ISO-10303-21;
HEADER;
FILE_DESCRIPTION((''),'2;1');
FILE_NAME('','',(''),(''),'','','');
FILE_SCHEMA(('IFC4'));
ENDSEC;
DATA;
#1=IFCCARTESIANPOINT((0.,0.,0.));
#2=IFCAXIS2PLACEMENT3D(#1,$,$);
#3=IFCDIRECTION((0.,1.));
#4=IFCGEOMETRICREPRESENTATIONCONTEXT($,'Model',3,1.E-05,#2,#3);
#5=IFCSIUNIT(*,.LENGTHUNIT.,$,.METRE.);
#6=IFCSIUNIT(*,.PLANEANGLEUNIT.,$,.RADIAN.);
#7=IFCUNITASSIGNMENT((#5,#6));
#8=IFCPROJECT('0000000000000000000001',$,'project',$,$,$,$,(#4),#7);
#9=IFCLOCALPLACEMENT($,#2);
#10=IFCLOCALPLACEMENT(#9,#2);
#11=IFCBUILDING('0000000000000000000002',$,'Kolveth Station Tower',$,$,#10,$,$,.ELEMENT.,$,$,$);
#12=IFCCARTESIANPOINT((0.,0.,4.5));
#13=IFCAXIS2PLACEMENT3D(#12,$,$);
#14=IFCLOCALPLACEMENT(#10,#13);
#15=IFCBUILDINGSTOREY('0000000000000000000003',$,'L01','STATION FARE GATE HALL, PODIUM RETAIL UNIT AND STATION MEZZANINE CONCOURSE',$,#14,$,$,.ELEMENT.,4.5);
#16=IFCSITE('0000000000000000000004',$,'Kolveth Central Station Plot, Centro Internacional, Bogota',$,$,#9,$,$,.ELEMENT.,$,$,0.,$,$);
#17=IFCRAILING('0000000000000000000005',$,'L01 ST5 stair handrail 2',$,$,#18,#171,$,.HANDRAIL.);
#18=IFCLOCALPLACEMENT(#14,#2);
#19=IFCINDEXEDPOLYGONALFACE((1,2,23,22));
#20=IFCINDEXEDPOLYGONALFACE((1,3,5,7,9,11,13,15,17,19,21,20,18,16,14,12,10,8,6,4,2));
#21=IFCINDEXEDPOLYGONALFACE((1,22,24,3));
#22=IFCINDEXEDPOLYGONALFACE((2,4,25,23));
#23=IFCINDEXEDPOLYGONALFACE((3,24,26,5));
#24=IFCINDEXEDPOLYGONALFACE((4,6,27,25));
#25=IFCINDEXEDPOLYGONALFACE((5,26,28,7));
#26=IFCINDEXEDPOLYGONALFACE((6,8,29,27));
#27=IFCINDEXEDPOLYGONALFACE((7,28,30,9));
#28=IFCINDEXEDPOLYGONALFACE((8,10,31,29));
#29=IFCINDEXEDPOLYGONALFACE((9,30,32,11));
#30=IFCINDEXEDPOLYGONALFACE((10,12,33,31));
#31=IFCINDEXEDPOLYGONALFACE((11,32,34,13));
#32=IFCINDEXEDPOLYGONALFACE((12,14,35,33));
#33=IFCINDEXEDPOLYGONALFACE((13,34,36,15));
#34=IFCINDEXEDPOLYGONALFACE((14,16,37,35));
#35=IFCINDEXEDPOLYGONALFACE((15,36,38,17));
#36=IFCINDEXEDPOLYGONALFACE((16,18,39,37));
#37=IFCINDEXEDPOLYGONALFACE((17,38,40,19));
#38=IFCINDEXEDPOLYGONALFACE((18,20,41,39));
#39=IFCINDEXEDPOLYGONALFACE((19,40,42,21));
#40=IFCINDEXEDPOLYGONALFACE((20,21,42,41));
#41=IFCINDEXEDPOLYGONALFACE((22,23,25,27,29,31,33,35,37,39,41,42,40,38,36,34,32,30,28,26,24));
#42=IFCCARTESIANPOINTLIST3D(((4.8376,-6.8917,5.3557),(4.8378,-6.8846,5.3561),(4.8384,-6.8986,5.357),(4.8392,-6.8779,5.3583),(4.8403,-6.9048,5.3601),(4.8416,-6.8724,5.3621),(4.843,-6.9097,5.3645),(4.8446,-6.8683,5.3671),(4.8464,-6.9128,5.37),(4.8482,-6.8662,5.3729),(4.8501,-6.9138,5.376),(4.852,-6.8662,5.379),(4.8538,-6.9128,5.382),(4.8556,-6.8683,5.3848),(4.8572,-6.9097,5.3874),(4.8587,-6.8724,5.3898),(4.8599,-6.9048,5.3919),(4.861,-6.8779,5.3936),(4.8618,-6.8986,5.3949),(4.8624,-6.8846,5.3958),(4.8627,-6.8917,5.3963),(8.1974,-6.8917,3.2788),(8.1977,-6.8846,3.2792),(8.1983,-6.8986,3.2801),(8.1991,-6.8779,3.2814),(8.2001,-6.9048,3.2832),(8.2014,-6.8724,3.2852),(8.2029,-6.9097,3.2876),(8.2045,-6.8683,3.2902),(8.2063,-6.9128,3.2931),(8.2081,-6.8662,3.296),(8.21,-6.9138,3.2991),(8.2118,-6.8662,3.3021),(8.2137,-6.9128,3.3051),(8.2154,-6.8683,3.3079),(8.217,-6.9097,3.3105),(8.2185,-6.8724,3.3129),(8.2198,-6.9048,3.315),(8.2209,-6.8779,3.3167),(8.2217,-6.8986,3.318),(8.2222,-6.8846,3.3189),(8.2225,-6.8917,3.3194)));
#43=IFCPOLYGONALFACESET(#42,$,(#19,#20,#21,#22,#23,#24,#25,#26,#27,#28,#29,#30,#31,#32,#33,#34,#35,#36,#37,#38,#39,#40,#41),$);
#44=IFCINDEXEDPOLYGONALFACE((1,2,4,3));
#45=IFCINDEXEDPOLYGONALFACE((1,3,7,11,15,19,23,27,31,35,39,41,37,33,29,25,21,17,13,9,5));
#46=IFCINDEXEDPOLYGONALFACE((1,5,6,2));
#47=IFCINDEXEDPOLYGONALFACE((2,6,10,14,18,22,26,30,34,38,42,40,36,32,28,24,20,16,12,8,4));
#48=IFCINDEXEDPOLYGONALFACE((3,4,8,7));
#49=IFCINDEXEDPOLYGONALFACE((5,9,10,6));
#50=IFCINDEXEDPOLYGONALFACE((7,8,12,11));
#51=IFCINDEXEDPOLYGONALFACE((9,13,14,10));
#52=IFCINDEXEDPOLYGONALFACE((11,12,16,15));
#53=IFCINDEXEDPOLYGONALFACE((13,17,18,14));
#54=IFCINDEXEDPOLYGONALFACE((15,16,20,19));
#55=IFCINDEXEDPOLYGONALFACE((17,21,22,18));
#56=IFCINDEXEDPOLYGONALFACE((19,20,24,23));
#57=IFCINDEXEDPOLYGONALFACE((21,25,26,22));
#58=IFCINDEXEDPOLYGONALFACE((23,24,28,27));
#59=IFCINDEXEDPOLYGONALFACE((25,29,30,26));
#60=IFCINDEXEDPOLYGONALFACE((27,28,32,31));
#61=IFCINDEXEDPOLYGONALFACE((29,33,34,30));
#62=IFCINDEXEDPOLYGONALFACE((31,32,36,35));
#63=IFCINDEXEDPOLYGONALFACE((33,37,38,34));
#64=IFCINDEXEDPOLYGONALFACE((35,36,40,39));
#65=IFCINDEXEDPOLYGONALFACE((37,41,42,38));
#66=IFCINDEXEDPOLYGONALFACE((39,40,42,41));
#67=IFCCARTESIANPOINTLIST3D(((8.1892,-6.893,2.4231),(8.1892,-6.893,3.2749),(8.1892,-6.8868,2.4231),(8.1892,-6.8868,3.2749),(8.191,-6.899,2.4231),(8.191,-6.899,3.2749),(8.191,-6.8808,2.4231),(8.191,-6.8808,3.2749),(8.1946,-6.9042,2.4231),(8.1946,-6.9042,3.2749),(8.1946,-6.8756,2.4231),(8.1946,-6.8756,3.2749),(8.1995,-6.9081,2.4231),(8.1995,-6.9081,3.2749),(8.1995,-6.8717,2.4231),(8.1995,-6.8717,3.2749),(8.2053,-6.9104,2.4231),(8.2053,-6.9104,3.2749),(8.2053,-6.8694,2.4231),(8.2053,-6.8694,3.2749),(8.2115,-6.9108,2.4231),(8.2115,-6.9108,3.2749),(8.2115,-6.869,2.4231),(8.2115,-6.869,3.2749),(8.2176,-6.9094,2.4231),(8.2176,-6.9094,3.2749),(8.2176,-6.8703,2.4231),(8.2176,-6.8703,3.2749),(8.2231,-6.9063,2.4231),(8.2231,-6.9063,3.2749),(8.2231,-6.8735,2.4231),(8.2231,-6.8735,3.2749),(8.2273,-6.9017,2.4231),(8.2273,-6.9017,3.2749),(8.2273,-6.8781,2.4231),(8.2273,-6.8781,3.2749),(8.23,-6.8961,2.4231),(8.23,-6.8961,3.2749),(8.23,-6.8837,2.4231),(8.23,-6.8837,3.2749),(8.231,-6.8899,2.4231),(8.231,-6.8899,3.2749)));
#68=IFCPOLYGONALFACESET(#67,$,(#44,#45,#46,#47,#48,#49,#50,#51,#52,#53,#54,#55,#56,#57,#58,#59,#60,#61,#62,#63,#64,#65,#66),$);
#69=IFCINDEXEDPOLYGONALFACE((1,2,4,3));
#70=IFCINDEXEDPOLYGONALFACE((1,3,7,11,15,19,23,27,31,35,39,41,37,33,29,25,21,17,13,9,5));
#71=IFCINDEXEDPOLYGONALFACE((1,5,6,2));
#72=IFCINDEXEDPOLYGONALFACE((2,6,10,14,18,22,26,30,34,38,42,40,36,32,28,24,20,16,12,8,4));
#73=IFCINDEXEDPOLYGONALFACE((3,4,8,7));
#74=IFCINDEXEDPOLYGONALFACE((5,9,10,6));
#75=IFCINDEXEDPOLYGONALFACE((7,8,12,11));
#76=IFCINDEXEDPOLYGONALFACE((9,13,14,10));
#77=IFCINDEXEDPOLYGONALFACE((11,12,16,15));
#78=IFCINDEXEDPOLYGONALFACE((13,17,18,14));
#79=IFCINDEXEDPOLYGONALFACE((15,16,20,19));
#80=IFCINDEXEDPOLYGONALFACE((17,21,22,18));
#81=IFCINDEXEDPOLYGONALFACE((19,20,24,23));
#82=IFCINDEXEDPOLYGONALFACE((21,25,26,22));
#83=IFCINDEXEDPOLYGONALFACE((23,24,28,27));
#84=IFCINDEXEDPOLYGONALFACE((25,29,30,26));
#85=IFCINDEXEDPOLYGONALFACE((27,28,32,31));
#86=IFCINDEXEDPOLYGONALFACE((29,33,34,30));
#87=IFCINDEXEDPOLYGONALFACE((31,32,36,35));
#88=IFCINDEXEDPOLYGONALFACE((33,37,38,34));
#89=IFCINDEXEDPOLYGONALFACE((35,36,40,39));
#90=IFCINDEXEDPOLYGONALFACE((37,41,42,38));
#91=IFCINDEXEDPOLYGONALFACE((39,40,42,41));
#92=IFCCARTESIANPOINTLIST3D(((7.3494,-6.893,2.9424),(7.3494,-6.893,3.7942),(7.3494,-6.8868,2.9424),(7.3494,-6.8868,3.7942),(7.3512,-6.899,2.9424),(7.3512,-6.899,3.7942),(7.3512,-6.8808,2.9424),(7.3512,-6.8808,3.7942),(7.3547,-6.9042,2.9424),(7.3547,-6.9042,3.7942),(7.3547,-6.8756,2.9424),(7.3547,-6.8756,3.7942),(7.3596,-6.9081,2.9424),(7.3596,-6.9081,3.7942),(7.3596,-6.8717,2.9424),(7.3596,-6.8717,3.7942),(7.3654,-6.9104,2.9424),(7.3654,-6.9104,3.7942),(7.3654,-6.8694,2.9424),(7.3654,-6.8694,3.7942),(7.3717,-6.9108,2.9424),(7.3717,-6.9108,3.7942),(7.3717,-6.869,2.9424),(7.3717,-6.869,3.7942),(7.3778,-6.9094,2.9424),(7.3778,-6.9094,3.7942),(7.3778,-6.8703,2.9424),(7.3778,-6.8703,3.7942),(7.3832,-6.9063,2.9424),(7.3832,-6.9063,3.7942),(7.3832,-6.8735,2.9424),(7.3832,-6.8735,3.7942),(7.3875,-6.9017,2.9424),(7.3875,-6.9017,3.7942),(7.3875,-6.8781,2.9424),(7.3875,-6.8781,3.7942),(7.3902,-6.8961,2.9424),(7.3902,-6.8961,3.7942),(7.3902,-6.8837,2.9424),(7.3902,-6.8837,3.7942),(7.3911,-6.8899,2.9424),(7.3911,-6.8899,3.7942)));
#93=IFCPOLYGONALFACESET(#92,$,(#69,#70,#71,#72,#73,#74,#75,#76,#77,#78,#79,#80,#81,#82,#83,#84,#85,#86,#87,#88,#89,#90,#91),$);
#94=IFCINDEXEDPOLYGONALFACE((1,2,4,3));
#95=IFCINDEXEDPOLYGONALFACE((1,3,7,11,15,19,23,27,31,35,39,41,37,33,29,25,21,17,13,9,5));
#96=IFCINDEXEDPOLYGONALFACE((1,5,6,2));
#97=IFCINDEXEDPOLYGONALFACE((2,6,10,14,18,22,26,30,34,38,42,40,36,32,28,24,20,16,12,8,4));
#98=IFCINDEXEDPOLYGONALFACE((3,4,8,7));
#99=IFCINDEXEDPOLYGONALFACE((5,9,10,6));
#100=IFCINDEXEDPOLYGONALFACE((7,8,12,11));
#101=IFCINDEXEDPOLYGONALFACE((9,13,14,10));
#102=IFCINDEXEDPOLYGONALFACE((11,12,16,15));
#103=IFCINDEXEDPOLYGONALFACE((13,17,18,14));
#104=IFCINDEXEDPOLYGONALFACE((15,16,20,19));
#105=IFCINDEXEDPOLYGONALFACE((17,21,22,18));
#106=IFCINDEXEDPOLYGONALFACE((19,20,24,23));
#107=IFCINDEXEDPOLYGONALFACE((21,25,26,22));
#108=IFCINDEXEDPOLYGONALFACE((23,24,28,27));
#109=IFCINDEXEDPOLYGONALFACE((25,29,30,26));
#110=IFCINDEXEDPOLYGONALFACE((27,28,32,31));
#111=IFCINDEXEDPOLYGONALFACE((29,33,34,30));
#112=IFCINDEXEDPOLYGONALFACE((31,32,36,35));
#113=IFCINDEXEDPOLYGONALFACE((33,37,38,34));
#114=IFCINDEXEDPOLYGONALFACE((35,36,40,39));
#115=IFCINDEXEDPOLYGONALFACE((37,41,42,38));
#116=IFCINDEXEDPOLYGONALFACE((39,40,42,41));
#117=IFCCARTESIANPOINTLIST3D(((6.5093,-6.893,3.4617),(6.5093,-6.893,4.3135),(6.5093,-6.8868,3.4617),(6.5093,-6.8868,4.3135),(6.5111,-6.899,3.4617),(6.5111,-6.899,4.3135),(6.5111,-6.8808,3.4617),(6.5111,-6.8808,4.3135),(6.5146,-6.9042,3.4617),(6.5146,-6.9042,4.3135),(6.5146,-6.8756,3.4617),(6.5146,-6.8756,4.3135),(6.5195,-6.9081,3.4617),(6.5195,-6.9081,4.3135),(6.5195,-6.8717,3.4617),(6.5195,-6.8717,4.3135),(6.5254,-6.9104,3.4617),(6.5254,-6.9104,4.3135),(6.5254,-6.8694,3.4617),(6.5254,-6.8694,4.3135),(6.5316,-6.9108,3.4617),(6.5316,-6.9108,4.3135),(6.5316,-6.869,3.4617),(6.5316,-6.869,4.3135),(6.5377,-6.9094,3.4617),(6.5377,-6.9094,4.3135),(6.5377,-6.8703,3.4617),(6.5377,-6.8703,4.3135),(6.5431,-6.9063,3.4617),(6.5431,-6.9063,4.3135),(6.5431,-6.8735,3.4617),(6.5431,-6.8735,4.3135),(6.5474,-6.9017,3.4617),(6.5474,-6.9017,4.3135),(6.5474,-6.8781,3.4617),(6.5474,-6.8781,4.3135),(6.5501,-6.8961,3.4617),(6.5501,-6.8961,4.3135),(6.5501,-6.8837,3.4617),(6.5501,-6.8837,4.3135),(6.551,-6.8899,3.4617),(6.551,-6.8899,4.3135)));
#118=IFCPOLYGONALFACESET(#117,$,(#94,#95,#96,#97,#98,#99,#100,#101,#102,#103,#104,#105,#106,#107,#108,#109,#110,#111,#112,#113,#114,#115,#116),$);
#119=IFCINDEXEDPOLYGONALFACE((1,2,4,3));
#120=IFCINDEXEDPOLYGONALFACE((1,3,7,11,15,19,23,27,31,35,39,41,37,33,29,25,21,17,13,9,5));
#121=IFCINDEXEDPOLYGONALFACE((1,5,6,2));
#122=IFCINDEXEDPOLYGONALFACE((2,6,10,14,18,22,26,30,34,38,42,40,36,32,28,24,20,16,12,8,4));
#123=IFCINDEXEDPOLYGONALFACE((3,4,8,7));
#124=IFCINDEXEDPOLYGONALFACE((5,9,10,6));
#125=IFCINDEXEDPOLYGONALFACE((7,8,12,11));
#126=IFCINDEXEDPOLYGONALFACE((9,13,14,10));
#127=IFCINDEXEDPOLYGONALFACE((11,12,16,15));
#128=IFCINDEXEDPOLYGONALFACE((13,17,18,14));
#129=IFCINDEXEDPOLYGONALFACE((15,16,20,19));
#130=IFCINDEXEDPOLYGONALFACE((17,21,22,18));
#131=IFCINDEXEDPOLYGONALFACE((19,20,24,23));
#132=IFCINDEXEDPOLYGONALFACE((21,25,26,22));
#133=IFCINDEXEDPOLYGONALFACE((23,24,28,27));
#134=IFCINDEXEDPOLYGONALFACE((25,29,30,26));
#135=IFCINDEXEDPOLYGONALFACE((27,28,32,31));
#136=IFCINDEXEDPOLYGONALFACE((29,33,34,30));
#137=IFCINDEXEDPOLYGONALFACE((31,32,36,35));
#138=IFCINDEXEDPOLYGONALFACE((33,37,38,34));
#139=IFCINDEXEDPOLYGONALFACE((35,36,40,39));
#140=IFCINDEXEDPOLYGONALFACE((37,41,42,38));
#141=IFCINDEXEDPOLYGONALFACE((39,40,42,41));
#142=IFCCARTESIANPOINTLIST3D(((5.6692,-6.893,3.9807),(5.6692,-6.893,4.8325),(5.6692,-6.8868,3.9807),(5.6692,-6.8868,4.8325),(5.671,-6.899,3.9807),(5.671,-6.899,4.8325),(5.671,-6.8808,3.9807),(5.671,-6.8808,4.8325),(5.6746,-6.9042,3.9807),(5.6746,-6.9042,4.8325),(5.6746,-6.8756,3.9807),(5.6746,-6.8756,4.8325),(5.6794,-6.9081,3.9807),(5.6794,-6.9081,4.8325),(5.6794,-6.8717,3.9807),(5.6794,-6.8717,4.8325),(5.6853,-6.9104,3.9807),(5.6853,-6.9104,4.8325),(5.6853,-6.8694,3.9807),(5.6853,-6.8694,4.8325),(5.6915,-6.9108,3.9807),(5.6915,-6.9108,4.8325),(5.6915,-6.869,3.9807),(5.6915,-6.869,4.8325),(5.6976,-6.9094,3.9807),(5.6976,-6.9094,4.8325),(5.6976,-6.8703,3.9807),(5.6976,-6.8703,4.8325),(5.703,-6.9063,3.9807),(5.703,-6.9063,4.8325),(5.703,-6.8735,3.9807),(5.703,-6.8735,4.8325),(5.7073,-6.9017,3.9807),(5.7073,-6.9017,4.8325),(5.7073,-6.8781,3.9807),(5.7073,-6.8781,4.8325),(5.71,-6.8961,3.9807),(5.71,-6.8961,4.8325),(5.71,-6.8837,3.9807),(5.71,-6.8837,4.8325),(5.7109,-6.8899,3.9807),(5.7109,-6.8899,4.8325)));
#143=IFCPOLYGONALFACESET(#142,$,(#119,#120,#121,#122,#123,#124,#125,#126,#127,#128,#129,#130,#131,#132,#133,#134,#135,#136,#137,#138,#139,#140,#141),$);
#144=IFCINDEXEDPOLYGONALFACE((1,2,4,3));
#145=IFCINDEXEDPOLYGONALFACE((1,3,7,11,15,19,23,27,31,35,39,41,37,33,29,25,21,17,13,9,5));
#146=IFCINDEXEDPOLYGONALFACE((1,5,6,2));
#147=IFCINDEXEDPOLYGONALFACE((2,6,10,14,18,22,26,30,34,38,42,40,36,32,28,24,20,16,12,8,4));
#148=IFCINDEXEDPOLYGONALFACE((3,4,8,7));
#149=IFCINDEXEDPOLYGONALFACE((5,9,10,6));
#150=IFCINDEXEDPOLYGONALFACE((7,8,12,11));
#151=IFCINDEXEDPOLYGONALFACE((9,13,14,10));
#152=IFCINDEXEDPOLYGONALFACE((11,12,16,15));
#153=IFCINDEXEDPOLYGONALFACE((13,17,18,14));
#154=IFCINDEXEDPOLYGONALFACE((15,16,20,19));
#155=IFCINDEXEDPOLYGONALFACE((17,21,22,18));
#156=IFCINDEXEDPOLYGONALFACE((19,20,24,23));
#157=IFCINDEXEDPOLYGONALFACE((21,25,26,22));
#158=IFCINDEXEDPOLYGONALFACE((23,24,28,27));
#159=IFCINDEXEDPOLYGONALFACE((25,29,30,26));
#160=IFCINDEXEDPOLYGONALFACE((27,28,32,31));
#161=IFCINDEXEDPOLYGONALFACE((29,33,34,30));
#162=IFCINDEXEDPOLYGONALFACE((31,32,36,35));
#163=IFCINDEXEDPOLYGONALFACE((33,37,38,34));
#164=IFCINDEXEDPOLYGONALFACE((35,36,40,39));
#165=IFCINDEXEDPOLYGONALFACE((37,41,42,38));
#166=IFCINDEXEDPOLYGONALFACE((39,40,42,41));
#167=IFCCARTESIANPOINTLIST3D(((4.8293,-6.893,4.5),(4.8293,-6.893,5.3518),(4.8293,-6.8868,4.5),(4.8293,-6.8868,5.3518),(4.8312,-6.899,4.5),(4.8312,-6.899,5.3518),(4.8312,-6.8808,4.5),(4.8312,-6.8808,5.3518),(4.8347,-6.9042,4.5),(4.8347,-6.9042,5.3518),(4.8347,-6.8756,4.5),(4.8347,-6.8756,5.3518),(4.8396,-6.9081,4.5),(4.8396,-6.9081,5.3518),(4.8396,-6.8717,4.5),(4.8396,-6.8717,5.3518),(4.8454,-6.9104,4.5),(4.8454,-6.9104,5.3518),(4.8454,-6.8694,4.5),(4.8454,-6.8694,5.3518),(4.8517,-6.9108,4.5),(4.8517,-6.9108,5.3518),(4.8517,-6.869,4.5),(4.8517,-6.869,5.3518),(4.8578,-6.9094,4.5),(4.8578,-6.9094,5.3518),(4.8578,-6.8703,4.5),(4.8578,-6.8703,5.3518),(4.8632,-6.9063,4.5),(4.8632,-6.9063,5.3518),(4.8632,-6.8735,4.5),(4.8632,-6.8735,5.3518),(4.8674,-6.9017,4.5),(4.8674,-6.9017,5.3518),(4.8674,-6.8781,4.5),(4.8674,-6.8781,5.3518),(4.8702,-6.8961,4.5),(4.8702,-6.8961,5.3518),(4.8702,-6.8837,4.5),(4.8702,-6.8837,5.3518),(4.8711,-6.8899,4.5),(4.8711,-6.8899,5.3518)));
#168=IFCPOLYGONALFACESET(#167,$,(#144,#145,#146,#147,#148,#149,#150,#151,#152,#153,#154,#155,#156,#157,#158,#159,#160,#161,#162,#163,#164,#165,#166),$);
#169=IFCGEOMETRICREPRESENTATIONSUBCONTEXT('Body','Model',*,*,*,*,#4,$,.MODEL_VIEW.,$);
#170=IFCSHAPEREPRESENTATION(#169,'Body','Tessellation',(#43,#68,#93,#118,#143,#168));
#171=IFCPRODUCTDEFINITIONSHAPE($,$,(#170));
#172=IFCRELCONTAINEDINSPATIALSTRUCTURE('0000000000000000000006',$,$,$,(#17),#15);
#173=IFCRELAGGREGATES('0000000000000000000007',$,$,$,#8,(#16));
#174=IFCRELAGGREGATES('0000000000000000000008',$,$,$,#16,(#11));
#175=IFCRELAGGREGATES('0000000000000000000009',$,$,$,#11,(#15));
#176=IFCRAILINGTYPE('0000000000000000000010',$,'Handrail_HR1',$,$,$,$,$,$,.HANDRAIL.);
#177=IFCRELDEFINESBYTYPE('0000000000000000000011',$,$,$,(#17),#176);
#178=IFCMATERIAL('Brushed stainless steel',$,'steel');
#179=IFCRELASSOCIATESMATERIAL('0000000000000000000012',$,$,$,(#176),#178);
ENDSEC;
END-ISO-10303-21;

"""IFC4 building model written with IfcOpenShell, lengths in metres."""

from ifc_helpers import new_model, si_unit, direction, frame, origin, origin_2d, place, context, subcontext, project, spatial, circle, extrude, material, type_object, element, save


model = new_model("IFC4")

# Units and contexts
model_context = context("Model", 3, precision=1e-05, world=origin(), true_north=direction((0.0, 1.0)))
body_context = subcontext(model_context, "Body", "Model", "MODEL_VIEW")
ifc_project = project(units=[si_unit("LENGTHUNIT", "METRE"), si_unit("PLANEANGLEUNIT", "RADIAN")], contexts=[model_context])

# Site, building, storey
site_placement = place(None, origin())
site = spatial("IfcSite", under=ifc_project, at=site_placement, Name="Kolveth Central Station Plot, Centro Internacional, Bogota", CompositionType="ELEMENT", RefElevation=0.0)
building_placement = place(site_placement, origin())
building = spatial("IfcBuilding", under=site, at=building_placement, Name="Kolveth Station Tower", CompositionType="ELEMENT")
storey_placement = place(building_placement, frame((0.0, 0.0, 4.5)))
storey = spatial("IfcBuildingStorey", under=building, at=storey_placement, Name="L01", Description="STATION FARE GATE HALL, PODIUM RETAIL UNIT AND STATION MEZZANINE CONCOURSE", CompositionType="ELEMENT", Elevation=4.5)

# Railing
ifc_material_1 = material(Name="Brushed stainless steel", Category="steel")
railing_type_1 = type_object("IfcRailingType", Name="Handrail_HR1", PredefinedType="HANDRAIL", material=ifc_material_1)
railing_1_placement = place(storey_placement, frame((8.21, -6.8899, 2.4231)))
element("IfcRailing", 1, at=railing_1_placement, inside=storey, type_object=railing_type_1, Name="L01 ST5 stair handrail 2", PredefinedType="HANDRAIL", context=body_context, shape_type="SweptSolid", body=[
    extrude(circle(Radius=0.0239, at=origin_2d()), frame((0.0, 0.0, 0.876), z_axis=(-0.850606, 0.0, 0.525803), x_axis=(0.0, -1.0, 0.0)), (0.0, 0.0, 1.0), 3.95),
    extrude(circle(Radius=0.021, at=origin_2d()), origin(), (0.0, 0.0, 1.0), 0.8518),
    extrude(circle(Radius=0.021, at=origin_2d()), frame((-0.8398, 0.0, 0.5193)), (0.0, 0.0, 1.0), 0.8518),
    extrude(circle(Radius=0.021, at=origin_2d()), frame((-1.6799, 0.0, 1.0386)), (0.0, 0.0, 1.0), 0.8518),
    extrude(circle(Radius=0.021, at=origin_2d()), frame((-2.52, 0.0, 1.5576)), (0.0, 0.0, 1.0), 0.8518),
    extrude(circle(Radius=0.021, at=origin_2d()), frame((-3.3599, 0.0, 2.0769)), (0.0, 0.0, 1.0), 0.8518),
])

save(model, "model.ifc")
